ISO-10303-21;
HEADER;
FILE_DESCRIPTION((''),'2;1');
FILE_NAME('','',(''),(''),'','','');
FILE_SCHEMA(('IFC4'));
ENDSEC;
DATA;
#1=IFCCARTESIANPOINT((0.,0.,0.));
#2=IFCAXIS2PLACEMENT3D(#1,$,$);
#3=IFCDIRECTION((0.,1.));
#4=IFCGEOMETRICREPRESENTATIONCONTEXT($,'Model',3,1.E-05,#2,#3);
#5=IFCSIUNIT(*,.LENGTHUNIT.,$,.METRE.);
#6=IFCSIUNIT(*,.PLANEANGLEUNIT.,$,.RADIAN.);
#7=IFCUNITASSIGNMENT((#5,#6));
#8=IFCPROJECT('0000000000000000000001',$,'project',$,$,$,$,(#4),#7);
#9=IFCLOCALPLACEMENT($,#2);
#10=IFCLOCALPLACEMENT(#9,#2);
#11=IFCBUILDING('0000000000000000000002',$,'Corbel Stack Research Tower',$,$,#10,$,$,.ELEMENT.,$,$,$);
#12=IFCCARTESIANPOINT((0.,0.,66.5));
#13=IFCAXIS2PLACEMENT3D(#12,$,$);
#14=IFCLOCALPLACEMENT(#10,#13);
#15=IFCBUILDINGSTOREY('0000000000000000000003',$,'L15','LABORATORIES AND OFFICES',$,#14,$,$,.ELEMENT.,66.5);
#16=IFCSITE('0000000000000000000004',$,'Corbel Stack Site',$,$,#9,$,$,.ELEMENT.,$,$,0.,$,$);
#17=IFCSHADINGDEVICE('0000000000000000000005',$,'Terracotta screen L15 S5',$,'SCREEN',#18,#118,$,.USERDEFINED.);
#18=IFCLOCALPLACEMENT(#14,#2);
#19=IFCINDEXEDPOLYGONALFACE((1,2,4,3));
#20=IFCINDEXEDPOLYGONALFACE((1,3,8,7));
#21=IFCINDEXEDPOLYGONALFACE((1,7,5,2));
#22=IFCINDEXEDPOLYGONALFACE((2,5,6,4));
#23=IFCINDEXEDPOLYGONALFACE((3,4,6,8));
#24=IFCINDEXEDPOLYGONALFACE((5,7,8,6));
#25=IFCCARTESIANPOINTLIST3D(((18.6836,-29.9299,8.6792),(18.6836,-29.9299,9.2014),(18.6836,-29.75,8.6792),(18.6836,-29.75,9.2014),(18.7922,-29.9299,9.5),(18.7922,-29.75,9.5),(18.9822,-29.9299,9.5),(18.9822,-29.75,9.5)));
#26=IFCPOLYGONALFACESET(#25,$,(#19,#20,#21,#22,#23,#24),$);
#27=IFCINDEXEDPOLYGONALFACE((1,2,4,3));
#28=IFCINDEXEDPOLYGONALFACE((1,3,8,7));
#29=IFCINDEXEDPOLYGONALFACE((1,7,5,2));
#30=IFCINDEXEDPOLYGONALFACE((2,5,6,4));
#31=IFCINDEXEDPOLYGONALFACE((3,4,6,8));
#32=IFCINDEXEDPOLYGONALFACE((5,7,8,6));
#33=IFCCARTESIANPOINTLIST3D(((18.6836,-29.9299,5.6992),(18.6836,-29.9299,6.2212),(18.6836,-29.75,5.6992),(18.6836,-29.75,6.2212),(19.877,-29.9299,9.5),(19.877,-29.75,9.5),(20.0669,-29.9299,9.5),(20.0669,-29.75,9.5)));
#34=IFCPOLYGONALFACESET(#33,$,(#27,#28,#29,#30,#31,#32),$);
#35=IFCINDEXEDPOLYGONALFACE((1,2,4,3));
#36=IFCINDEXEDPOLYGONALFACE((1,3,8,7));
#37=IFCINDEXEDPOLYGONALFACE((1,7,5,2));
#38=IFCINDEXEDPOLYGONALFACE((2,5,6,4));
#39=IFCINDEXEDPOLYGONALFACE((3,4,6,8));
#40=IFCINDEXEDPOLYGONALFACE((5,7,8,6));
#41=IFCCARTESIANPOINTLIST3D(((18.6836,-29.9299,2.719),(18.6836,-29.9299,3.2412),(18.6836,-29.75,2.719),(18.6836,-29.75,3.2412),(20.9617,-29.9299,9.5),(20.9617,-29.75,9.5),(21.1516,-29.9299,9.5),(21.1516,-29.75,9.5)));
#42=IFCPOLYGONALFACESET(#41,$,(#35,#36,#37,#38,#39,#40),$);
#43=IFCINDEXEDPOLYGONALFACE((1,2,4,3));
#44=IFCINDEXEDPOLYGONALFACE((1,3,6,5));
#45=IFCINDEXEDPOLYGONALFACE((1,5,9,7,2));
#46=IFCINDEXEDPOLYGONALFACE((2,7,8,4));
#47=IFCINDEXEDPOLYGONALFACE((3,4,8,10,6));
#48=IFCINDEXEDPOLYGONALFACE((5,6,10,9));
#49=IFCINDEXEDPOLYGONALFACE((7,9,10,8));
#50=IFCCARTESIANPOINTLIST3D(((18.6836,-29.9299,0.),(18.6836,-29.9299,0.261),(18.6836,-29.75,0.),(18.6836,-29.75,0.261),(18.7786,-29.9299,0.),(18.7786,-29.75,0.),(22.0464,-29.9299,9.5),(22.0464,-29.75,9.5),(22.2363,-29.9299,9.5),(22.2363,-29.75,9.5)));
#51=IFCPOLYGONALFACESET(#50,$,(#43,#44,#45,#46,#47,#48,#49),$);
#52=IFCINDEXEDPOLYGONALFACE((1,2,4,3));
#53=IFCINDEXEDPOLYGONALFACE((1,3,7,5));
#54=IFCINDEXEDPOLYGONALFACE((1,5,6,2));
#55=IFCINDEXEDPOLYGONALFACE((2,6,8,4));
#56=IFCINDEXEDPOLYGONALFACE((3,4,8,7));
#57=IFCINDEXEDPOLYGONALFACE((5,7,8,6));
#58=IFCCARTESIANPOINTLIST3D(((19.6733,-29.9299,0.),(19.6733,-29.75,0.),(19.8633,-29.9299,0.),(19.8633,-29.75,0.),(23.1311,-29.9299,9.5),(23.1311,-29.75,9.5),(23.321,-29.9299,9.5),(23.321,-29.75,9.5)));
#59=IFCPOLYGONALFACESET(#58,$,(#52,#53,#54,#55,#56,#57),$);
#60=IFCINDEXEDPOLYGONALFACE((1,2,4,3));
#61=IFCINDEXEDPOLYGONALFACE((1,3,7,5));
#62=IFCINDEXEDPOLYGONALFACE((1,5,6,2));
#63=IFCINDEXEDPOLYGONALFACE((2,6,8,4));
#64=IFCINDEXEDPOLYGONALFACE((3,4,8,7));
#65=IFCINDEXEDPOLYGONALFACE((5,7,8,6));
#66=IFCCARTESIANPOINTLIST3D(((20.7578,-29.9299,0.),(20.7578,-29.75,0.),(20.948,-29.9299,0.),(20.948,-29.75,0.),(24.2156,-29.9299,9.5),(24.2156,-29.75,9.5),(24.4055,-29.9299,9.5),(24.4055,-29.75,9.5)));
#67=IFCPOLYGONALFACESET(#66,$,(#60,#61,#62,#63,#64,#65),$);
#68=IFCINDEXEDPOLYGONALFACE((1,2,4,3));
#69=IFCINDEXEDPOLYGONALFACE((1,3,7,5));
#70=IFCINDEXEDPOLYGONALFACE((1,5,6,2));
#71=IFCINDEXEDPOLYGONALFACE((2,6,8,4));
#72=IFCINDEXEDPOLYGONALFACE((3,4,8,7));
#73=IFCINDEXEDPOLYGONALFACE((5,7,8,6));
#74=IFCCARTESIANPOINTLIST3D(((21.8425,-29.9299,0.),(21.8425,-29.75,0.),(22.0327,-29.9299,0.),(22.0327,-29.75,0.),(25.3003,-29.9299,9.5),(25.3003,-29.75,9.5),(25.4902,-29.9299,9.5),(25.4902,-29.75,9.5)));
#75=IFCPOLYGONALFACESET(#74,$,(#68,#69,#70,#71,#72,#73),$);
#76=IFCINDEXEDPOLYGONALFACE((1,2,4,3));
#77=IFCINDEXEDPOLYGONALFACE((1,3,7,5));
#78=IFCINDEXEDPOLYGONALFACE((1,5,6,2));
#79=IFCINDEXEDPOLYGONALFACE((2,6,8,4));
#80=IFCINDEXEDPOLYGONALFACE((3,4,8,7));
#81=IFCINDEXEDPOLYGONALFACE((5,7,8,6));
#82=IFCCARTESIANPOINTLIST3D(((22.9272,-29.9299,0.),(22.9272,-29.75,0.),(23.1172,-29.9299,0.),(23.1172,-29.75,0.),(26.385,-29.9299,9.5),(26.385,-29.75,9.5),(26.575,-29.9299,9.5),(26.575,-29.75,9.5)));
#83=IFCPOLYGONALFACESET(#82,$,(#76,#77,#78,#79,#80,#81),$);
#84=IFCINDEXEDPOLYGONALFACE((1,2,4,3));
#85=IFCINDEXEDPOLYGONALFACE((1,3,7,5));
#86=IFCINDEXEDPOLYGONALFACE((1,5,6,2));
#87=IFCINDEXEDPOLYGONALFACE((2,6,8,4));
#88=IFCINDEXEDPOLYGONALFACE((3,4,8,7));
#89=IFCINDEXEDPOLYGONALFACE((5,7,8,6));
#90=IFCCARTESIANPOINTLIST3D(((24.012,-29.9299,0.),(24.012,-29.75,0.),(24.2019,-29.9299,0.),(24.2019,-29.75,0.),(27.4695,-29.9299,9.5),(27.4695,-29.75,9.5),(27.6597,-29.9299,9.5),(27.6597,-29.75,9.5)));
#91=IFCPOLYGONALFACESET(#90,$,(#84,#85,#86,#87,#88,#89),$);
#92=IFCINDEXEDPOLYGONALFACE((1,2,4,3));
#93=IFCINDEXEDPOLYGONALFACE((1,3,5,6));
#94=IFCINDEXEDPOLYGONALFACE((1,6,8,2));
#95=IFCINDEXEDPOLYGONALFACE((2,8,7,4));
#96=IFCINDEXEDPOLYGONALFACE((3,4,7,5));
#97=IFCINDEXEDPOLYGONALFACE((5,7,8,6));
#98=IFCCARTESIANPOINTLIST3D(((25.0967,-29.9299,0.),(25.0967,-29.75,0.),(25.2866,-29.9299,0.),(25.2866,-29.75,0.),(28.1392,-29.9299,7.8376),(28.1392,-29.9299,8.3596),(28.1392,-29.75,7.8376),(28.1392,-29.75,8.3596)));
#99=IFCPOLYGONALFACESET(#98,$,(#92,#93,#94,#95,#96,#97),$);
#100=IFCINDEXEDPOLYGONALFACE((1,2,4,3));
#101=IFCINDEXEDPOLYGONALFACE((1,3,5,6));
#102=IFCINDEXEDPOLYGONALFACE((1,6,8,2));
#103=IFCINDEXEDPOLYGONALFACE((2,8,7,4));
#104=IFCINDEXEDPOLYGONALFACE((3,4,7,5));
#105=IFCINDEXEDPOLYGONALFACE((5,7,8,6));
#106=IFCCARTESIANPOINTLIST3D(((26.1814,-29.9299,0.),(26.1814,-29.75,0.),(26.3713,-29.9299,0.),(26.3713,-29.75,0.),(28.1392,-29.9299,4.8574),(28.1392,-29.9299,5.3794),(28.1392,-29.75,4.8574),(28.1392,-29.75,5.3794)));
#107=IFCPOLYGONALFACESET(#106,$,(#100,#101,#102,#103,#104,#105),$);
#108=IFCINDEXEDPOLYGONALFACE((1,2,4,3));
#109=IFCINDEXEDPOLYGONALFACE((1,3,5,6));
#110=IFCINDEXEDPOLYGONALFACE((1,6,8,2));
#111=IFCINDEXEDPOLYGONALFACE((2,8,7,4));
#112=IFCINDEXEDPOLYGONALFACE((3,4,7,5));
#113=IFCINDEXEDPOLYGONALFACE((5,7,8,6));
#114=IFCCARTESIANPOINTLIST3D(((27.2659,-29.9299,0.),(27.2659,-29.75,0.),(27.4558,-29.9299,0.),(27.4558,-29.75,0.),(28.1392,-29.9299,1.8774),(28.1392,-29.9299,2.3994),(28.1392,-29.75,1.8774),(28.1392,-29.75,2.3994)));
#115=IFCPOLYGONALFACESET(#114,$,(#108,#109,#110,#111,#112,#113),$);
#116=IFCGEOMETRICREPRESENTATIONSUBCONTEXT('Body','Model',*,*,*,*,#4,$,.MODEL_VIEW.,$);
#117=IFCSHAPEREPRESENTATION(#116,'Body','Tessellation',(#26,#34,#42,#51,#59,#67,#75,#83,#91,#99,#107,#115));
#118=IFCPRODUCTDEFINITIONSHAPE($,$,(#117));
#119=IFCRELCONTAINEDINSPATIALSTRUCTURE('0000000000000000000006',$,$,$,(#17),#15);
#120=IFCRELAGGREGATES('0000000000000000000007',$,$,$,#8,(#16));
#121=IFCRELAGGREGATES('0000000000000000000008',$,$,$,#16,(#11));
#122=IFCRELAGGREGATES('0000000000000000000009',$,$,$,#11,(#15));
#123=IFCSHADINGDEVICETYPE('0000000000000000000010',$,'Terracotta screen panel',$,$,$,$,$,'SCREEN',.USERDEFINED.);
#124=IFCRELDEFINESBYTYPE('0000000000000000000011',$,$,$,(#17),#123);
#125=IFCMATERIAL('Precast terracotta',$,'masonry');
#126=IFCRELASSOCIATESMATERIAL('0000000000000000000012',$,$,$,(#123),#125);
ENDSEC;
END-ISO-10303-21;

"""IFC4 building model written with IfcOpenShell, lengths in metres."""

from ifc_helpers import new_model, si_unit, direction, frame, origin, place, context, subcontext, project, spatial, polyline, outline, extrude, source, transform, mapped, material, type_object, element, save


model = new_model("IFC4")

# Units and contexts
model_context = context("Model", 3, precision=1e-05, world=origin(), true_north=direction((0.0, 1.0)))
body_context = subcontext(model_context, "Body", "Model", "MODEL_VIEW")
ifc_project = project(units=[si_unit("LENGTHUNIT", "METRE"), si_unit("PLANEANGLEUNIT", "RADIAN")], contexts=[model_context])

# Site, building, storey
site_placement = place(None, origin())
site = spatial("IfcSite", under=ifc_project, at=site_placement, Name="Corbel Stack Site", CompositionType="ELEMENT", RefElevation=0.0)
building_placement = place(site_placement, origin())
building = spatial("IfcBuilding", under=site, at=building_placement, Name="Corbel Stack Research Tower", CompositionType="ELEMENT")
storey_placement = place(building_placement, frame((0.0, 0.0, 66.5)))
storey = spatial("IfcBuildingStorey", under=building, at=storey_placement, Name="L15", Description="LABORATORIES AND OFFICES", CompositionType="ELEMENT", Elevation=66.5)

# Shading device
ifc_material_1 = material(Name="Precast terracotta", Category="masonry")
shading_device_type = type_object("IfcShadingDeviceType", Name="Terracotta screen panel", ElementType="SCREEN", PredefinedType="USERDEFINED", material=ifc_material_1)
shared_shape_1 = source(origin(), body_context, "Body", "SweptSolid", [
    extrude(outline(polyline([(0.2986, 9.5), (0.1086, 9.5), (0.0, 9.2014), (0.0, 8.6792), (0.2986, 9.5)])), frame((0.0, 0.0, 0.0), z_axis=(0.0, -1.0, 0.0), x_axis=(1.0, 0.0, 0.0)), (0.0, 0.0, 1.0), 0.1799),
    extrude(outline(polyline([(1.3833, 9.5), (1.1934, 9.5), (0.0, 6.2212), (0.0, 5.6992), (1.3833, 9.5)])), frame((0.0, 0.0, 0.0), z_axis=(0.0, -1.0, 0.0), x_axis=(1.0, 0.0, 0.0)), (0.0, 0.0, 1.0), 0.1799),
    extrude(outline(polyline([(2.468, 9.5), (2.2781, 9.5), (0.0, 3.2412), (0.0, 2.719), (2.468, 9.5)])), frame((0.0, 0.0, 0.0), z_axis=(0.0, -1.0, 0.0), x_axis=(1.0, 0.0, 0.0)), (0.0, 0.0, 1.0), 0.1799),
    extrude(outline(polyline([(0.095, 0.0), (3.5527, 9.5), (3.3628, 9.5), (0.0, 0.261), (0.0, 0.0), (0.095, 0.0)])), frame((0.0, 0.0, 0.0), z_axis=(0.0, -1.0, 0.0), x_axis=(1.0, 0.0, 0.0)), (0.0, 0.0, 1.0), 0.1799),
    extrude(outline(polyline([(1.1797, 0.0), (4.6375, 9.5), (4.4475, 9.5), (0.9897, 0.0), (1.1797, 0.0)])), frame((0.0, 0.0, 0.0), z_axis=(0.0, -1.0, 0.0), x_axis=(1.0, 0.0, 0.0)), (0.0, 0.0, 1.0), 0.1799),
    extrude(outline(polyline([(2.2644, 0.0), (5.7219, 9.5), (5.532, 9.5), (2.0742, 0.0), (2.2644, 0.0)])), frame((0.0, 0.0, 0.0), z_axis=(0.0, -1.0, 0.0), x_axis=(1.0, 0.0, 0.0)), (0.0, 0.0, 1.0), 0.1799),
    extrude(outline(polyline([(3.3491, 0.0), (6.8066, 9.5), (6.6167, 9.5), (3.1589, 0.0), (3.3491, 0.0)])), frame((0.0, 0.0, 0.0), z_axis=(0.0, -1.0, 0.0), x_axis=(1.0, 0.0, 0.0)), (0.0, 0.0, 1.0), 0.1799),
    extrude(outline(polyline([(4.4336, 0.0), (7.8914, 9.5), (7.7014, 9.5), (4.2437, 0.0), (4.4336, 0.0)])), frame((0.0, 0.0, 0.0), z_axis=(0.0, -1.0, 0.0), x_axis=(1.0, 0.0, 0.0)), (0.0, 0.0, 1.0), 0.1799),
    extrude(outline(polyline([(5.5183, 0.0), (8.9761, 9.5), (8.7859, 9.5), (5.3284, 0.0), (5.5183, 0.0)])), frame((0.0, 0.0, 0.0), z_axis=(0.0, -1.0, 0.0), x_axis=(1.0, 0.0, 0.0)), (0.0, 0.0, 1.0), 0.1799),
    extrude(outline(polyline([(6.603, 0.0), (9.4556, 7.8376), (9.4556, 8.3596), (6.4131, 0.0), (6.603, 0.0)])), frame((0.0, 0.0, 0.0), z_axis=(0.0, -1.0, 0.0), x_axis=(1.0, 0.0, 0.0)), (0.0, 0.0, 1.0), 0.1799),
    extrude(outline(polyline([(7.6877, 0.0), (9.4556, 4.8574), (9.4556, 5.3794), (7.4978, 0.0), (7.6877, 0.0)])), frame((0.0, 0.0, 0.0), z_axis=(0.0, -1.0, 0.0), x_axis=(1.0, 0.0, 0.0)), (0.0, 0.0, 1.0), 0.1799),
    extrude(outline(polyline([(8.7722, 0.0), (9.4556, 1.8774), (9.4556, 2.3994), (8.5823, 0.0), (8.7722, 0.0)])), frame((0.0, 0.0, 0.0), z_axis=(0.0, -1.0, 0.0), x_axis=(1.0, 0.0, 0.0)), (0.0, 0.0, 1.0), 0.1799),
])
shading_device_1_placement = place(storey_placement, frame((18.6836, -29.75, 0.0), z_axis=(0.0, 0.0, 1.0), x_axis=(1.0, 0.0, 0.0)))
element("IfcShadingDevice", 1, at=shading_device_1_placement, inside=storey, type_object=shading_device_type, Name="Terracotta screen L15 S5", ObjectType="SCREEN", PredefinedType="USERDEFINED", context=body_context, shape_type="MappedRepresentation", body=[
    mapped(shared_shape_1, transform((0.0, 0.0, 0.0))),
])

save(model, "model.ifc")
